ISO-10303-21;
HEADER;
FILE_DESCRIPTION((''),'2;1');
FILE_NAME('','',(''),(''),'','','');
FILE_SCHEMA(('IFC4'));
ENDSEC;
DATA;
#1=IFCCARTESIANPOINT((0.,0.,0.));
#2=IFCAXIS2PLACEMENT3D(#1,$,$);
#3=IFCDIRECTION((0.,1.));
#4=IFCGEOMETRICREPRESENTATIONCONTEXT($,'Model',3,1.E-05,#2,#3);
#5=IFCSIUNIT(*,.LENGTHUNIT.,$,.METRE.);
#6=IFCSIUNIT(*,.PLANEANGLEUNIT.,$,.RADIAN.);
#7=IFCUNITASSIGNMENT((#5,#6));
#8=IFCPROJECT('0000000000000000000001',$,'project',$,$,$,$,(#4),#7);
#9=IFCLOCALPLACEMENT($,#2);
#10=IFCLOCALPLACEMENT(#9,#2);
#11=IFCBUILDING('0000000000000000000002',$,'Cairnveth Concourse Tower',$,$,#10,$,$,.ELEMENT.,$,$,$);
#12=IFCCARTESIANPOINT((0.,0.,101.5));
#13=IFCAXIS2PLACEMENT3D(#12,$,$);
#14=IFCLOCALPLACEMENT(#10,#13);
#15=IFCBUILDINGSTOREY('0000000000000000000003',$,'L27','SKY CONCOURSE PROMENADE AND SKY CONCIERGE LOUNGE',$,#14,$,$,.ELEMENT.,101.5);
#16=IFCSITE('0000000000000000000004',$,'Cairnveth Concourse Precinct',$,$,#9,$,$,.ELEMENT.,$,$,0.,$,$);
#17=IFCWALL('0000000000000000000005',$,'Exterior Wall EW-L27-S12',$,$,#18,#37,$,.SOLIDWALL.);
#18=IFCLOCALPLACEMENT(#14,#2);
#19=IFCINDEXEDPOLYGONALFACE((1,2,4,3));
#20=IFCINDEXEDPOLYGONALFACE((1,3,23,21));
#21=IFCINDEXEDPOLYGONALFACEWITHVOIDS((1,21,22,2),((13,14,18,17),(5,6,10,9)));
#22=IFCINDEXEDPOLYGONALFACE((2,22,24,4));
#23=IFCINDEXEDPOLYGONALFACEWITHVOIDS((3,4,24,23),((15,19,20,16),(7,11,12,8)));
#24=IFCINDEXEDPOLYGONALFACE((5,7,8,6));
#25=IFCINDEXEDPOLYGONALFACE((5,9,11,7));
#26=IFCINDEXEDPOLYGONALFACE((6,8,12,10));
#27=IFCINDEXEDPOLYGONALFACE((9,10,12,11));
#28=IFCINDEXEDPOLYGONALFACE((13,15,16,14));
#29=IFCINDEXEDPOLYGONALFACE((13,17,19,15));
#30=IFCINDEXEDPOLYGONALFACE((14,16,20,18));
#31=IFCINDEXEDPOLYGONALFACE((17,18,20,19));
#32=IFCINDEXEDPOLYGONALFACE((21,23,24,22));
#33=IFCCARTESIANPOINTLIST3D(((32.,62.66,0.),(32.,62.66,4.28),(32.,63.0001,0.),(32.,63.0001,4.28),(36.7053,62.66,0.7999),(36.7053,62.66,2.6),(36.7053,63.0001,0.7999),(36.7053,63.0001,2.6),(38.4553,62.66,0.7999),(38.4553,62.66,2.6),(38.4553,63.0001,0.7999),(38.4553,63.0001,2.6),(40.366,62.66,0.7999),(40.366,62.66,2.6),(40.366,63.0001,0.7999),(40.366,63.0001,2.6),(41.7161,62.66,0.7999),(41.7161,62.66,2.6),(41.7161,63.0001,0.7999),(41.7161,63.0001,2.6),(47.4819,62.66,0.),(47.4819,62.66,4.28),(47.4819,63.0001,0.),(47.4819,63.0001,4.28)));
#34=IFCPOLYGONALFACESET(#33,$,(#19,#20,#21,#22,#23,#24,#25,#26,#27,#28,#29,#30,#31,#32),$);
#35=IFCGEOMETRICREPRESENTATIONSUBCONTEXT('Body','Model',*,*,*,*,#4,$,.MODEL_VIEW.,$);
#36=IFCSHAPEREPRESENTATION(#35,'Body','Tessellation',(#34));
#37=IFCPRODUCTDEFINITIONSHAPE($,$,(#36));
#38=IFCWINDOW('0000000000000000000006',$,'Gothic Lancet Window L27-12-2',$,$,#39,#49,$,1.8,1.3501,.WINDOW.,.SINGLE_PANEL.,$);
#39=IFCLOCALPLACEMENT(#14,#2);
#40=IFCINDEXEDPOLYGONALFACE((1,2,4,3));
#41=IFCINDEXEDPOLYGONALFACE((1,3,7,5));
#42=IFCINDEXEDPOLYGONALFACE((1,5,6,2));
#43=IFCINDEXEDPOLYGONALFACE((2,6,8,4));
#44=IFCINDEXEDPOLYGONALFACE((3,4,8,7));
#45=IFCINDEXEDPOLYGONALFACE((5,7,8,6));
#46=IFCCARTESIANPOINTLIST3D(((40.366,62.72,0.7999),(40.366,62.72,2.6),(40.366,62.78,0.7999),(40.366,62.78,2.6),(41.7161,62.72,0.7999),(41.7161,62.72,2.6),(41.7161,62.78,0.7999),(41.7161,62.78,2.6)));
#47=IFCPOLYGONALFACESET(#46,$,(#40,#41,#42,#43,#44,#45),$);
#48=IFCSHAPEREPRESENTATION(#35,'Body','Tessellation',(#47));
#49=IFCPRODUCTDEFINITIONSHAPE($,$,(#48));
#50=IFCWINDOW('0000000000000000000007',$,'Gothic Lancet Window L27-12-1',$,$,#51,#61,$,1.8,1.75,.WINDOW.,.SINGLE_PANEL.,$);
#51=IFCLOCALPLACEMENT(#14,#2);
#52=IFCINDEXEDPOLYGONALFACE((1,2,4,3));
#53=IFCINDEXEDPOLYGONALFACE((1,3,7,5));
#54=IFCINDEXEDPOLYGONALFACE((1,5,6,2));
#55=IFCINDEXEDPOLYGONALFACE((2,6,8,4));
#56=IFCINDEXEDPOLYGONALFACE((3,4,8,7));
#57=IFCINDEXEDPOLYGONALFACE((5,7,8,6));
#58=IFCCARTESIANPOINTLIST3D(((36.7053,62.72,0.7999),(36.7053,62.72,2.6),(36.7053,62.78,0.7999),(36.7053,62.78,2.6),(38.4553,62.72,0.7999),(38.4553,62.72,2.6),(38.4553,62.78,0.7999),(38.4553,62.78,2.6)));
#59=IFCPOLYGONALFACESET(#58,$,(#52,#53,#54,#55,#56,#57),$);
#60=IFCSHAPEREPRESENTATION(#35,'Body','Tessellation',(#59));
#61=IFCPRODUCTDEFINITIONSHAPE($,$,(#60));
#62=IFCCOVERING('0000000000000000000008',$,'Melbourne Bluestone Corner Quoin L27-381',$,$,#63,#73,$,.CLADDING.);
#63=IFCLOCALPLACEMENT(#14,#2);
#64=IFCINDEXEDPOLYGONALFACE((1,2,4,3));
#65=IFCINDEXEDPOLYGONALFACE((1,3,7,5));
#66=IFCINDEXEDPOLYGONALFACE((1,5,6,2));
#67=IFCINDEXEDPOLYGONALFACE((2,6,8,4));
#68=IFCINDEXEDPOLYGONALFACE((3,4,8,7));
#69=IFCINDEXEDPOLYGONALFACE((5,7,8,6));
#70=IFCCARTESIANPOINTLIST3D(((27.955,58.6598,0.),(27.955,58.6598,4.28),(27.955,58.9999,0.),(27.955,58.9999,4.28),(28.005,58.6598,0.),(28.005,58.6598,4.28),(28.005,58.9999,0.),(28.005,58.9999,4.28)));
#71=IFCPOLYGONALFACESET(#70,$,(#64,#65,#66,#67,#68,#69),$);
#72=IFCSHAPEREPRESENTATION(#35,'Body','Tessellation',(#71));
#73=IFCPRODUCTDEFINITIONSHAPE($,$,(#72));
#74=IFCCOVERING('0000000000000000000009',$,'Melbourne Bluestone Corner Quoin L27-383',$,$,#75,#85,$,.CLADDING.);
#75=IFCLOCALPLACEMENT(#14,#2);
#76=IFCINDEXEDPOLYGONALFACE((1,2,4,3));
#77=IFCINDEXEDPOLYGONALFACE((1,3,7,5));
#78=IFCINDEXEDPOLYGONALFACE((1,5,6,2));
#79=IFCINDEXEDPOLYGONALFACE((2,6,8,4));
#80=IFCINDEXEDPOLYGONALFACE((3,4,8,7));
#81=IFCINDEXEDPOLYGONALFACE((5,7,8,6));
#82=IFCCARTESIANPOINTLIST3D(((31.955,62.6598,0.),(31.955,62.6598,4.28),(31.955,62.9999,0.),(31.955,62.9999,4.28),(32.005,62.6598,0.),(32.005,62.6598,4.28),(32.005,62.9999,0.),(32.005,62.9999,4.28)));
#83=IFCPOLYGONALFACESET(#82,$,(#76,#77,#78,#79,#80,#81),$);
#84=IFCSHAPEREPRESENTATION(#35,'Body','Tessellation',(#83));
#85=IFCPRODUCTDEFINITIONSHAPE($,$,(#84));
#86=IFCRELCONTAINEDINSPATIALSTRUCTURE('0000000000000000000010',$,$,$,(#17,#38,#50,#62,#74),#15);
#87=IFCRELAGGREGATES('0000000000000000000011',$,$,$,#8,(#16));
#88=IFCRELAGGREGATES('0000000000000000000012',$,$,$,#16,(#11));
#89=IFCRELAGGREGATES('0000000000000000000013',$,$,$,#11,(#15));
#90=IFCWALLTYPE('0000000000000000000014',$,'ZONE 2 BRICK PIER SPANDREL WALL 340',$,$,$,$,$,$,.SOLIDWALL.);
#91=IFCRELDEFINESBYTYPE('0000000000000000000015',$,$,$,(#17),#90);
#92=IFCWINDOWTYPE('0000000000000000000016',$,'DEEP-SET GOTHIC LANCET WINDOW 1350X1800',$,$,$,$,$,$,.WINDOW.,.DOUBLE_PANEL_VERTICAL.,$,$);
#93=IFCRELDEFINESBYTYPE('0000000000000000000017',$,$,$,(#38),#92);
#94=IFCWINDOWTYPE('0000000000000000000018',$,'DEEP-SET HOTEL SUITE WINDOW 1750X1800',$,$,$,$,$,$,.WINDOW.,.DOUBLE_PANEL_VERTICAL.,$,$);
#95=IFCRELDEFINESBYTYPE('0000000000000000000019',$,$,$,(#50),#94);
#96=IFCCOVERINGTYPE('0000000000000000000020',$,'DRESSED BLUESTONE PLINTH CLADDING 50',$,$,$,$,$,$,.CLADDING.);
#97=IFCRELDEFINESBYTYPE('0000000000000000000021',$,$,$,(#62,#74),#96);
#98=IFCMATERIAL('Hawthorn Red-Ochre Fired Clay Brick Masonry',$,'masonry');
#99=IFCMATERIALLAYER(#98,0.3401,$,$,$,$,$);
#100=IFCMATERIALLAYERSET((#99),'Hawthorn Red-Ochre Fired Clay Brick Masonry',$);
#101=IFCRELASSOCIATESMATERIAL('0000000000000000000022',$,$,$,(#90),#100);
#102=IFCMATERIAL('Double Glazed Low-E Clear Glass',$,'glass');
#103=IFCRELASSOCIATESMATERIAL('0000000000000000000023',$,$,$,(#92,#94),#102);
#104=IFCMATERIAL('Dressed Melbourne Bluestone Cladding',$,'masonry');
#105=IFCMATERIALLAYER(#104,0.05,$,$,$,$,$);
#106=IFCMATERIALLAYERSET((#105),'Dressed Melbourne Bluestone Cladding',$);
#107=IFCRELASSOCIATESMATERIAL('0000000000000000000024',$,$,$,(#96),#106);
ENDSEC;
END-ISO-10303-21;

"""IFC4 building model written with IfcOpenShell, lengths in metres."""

from ifc_helpers import new_model, si_unit, direction, frame, frame_2d, origin, place, context, subcontext, project, spatial, rectangle, extrude, material, layer, layer_set, type_object, element, fill, save


model = new_model("IFC4")

# Units and contexts
model_context = context("Model", 3, precision=1e-05, world=origin(), true_north=direction((0.0, 1.0)))
body_context = subcontext(model_context, "Body", "Model", "MODEL_VIEW")
ifc_project = project(units=[si_unit("LENGTHUNIT", "METRE"), si_unit("PLANEANGLEUNIT", "RADIAN")], contexts=[model_context])

# Site, building, storey
site_placement = place(None, origin())
site = spatial("IfcSite", under=ifc_project, at=site_placement, Name="Cairnveth Concourse Precinct", CompositionType="ELEMENT", RefElevation=0.0)
building_placement = place(site_placement, origin())
building = spatial("IfcBuilding", under=site, at=building_placement, Name="Cairnveth Concourse Tower", CompositionType="ELEMENT")
storey_placement = place(building_placement, frame((0.0, 0.0, 101.5)))
storey = spatial("IfcBuildingStorey", under=building, at=storey_placement, Name="L27", Description="SKY CONCOURSE PROMENADE AND SKY CONCIERGE LOUNGE", CompositionType="ELEMENT", Elevation=101.5)

# Shared definitions
ifc_material_1 = material(Name="Hawthorn Red-Ochre Fired Clay Brick Masonry", Category="masonry")
ifc_layer_1 = layer(ifc_material_1, 0.3401)
ifc_layer_set_1 = layer_set([ifc_layer_1], Name="Hawthorn Red-Ochre Fired Clay Brick Masonry")
wall_type_1 = type_object("IfcWallType", Name="ZONE 2 BRICK PIER SPANDREL WALL 340", PredefinedType="SOLIDWALL", material=ifc_layer_set_1)

# Wall, openings, windows
wall_1_placement = place(storey_placement, frame((32.0, 62.8301, 0.0), z_axis=(0.0, 0.0, 1.0), x_axis=(1.0, 0.0, 0.0)))
wall_1 = element("IfcWall", 1, at=wall_1_placement, inside=storey, type_object=wall_type_1, Name="Exterior Wall EW-L27-S12", PredefinedType="SOLIDWALL", context=body_context, shape_type="SweptSolid", body=[
    extrude(rectangle(XDim=15.4819, YDim=0.3401, at=frame_2d((7.741, 0.0))), origin(), (0.0, 0.0, 1.0), 4.28),
])
opening_1_placement = place(wall_1_placement, frame((4.7053, 0.0, 0.8)))
opening_1 = element("IfcOpeningElement", 2, at=opening_1_placement, cuts=wall_1, PredefinedType="OPENING", context=body_context, shape_type="SweptSolid", body=[
    extrude(rectangle(XDim=1.75, YDim=1.8, at=frame_2d((0.875, 0.8999))), frame((0.0, 0.1799, 0.0), z_axis=(0.0, -1.0, 0.0), x_axis=(1.0, 0.0, 0.0)), (0.0, 0.0, 1.0), 0.3601),
])
opening_2_placement = place(wall_1_placement, frame((8.366, 0.0, 0.8)))
opening_2 = element("IfcOpeningElement", 3, at=opening_2_placement, cuts=wall_1, PredefinedType="OPENING", context=body_context, shape_type="SweptSolid", body=[
    extrude(rectangle(XDim=1.3501, YDim=1.8, at=frame_2d((0.675, 0.8999))), frame((0.0, 0.1799, 0.0), z_axis=(0.0, -1.0, 0.0), x_axis=(1.0, 0.0, 0.0)), (0.0, 0.0, 1.0), 0.3601),
])
ifc_material_2 = material(Name="Double Glazed Low-E Clear Glass", Category="glass")
window_type_1 = type_object("IfcWindowType", Name="DEEP-SET GOTHIC LANCET WINDOW 1350X1800", PartitioningType="DOUBLE_PANEL_VERTICAL", PredefinedType="WINDOW", material=ifc_material_2)
window_1_placement = place(opening_2_placement, origin())
window_1 = element("IfcWindow", 4, at=window_1_placement, inside=storey, type_object=window_type_1, Name="Gothic Lancet Window L27-12-2", OverallHeight=1.8, OverallWidth=1.3501, PartitioningType="SINGLE_PANEL", PredefinedType="WINDOW", context=body_context, shape_type="SweptSolid", body=[
    extrude(rectangle(XDim=1.3501, YDim=1.8, at=frame_2d((0.675, 0.8999))), frame((0.0, -0.05, 0.0), z_axis=(0.0, -1.0, 0.0), x_axis=(1.0, 0.0, 0.0)), (0.0, 0.0, 1.0), 0.0601),
])
fill(opening_2, window_1)
window_type_2 = type_object("IfcWindowType", Name="DEEP-SET HOTEL SUITE WINDOW 1750X1800", PartitioningType="DOUBLE_PANEL_VERTICAL", PredefinedType="WINDOW", material=ifc_material_2)
window_2_placement = place(opening_1_placement, origin())
window_2 = element("IfcWindow", 5, at=window_2_placement, inside=storey, type_object=window_type_2, Name="Gothic Lancet Window L27-12-1", OverallHeight=1.8, OverallWidth=1.75, PartitioningType="SINGLE_PANEL", PredefinedType="WINDOW", context=body_context, shape_type="SweptSolid", body=[
    extrude(rectangle(XDim=1.75, YDim=1.8, at=frame_2d((0.875, 0.8999))), frame((0.0, -0.05, 0.0), z_axis=(0.0, -1.0, 0.0), x_axis=(1.0, 0.0, 0.0)), (0.0, 0.0, 1.0), 0.0601),
])
fill(opening_1, window_2)

# Coverings
ifc_material_3 = material(Name="Dressed Melbourne Bluestone Cladding", Category="masonry")
ifc_layer_2 = layer(ifc_material_3, 0.05)
ifc_layer_set_2 = layer_set([ifc_layer_2], Name="Dressed Melbourne Bluestone Cladding")
covering_type = type_object("IfcCoveringType", Name="DRESSED BLUESTONE PLINTH CLADDING 50", PredefinedType="CLADDING", material=ifc_layer_set_2)
for number, where, z_axis, x_axis, name in (
    (6, (27.98, 58.6599, 0.0), (0.0, 0.0, 1.0), (0.0, 1.0, 0.0), "Melbourne Bluestone Corner Quoin L27-381"),
    (7, (31.98, 62.6599, 0.0), (0.0, 0.0, 1.0), (0.0, 1.0, 0.0), "Melbourne Bluestone Corner Quoin L27-383"),
):
    element("IfcCovering", number, at=place(storey_placement, frame(where, z_axis=z_axis, x_axis=x_axis)), inside=storey, type_object=covering_type, Name=name, PredefinedType="CLADDING", context=body_context, shape_type="SweptSolid", body=[
        extrude(rectangle(XDim=0.3401, YDim=0.05, at=frame_2d((0.1699, 0.0))), origin(), (0.0, 0.0, 1.0), 4.28),
    ])

save(model, "model.ifc")
